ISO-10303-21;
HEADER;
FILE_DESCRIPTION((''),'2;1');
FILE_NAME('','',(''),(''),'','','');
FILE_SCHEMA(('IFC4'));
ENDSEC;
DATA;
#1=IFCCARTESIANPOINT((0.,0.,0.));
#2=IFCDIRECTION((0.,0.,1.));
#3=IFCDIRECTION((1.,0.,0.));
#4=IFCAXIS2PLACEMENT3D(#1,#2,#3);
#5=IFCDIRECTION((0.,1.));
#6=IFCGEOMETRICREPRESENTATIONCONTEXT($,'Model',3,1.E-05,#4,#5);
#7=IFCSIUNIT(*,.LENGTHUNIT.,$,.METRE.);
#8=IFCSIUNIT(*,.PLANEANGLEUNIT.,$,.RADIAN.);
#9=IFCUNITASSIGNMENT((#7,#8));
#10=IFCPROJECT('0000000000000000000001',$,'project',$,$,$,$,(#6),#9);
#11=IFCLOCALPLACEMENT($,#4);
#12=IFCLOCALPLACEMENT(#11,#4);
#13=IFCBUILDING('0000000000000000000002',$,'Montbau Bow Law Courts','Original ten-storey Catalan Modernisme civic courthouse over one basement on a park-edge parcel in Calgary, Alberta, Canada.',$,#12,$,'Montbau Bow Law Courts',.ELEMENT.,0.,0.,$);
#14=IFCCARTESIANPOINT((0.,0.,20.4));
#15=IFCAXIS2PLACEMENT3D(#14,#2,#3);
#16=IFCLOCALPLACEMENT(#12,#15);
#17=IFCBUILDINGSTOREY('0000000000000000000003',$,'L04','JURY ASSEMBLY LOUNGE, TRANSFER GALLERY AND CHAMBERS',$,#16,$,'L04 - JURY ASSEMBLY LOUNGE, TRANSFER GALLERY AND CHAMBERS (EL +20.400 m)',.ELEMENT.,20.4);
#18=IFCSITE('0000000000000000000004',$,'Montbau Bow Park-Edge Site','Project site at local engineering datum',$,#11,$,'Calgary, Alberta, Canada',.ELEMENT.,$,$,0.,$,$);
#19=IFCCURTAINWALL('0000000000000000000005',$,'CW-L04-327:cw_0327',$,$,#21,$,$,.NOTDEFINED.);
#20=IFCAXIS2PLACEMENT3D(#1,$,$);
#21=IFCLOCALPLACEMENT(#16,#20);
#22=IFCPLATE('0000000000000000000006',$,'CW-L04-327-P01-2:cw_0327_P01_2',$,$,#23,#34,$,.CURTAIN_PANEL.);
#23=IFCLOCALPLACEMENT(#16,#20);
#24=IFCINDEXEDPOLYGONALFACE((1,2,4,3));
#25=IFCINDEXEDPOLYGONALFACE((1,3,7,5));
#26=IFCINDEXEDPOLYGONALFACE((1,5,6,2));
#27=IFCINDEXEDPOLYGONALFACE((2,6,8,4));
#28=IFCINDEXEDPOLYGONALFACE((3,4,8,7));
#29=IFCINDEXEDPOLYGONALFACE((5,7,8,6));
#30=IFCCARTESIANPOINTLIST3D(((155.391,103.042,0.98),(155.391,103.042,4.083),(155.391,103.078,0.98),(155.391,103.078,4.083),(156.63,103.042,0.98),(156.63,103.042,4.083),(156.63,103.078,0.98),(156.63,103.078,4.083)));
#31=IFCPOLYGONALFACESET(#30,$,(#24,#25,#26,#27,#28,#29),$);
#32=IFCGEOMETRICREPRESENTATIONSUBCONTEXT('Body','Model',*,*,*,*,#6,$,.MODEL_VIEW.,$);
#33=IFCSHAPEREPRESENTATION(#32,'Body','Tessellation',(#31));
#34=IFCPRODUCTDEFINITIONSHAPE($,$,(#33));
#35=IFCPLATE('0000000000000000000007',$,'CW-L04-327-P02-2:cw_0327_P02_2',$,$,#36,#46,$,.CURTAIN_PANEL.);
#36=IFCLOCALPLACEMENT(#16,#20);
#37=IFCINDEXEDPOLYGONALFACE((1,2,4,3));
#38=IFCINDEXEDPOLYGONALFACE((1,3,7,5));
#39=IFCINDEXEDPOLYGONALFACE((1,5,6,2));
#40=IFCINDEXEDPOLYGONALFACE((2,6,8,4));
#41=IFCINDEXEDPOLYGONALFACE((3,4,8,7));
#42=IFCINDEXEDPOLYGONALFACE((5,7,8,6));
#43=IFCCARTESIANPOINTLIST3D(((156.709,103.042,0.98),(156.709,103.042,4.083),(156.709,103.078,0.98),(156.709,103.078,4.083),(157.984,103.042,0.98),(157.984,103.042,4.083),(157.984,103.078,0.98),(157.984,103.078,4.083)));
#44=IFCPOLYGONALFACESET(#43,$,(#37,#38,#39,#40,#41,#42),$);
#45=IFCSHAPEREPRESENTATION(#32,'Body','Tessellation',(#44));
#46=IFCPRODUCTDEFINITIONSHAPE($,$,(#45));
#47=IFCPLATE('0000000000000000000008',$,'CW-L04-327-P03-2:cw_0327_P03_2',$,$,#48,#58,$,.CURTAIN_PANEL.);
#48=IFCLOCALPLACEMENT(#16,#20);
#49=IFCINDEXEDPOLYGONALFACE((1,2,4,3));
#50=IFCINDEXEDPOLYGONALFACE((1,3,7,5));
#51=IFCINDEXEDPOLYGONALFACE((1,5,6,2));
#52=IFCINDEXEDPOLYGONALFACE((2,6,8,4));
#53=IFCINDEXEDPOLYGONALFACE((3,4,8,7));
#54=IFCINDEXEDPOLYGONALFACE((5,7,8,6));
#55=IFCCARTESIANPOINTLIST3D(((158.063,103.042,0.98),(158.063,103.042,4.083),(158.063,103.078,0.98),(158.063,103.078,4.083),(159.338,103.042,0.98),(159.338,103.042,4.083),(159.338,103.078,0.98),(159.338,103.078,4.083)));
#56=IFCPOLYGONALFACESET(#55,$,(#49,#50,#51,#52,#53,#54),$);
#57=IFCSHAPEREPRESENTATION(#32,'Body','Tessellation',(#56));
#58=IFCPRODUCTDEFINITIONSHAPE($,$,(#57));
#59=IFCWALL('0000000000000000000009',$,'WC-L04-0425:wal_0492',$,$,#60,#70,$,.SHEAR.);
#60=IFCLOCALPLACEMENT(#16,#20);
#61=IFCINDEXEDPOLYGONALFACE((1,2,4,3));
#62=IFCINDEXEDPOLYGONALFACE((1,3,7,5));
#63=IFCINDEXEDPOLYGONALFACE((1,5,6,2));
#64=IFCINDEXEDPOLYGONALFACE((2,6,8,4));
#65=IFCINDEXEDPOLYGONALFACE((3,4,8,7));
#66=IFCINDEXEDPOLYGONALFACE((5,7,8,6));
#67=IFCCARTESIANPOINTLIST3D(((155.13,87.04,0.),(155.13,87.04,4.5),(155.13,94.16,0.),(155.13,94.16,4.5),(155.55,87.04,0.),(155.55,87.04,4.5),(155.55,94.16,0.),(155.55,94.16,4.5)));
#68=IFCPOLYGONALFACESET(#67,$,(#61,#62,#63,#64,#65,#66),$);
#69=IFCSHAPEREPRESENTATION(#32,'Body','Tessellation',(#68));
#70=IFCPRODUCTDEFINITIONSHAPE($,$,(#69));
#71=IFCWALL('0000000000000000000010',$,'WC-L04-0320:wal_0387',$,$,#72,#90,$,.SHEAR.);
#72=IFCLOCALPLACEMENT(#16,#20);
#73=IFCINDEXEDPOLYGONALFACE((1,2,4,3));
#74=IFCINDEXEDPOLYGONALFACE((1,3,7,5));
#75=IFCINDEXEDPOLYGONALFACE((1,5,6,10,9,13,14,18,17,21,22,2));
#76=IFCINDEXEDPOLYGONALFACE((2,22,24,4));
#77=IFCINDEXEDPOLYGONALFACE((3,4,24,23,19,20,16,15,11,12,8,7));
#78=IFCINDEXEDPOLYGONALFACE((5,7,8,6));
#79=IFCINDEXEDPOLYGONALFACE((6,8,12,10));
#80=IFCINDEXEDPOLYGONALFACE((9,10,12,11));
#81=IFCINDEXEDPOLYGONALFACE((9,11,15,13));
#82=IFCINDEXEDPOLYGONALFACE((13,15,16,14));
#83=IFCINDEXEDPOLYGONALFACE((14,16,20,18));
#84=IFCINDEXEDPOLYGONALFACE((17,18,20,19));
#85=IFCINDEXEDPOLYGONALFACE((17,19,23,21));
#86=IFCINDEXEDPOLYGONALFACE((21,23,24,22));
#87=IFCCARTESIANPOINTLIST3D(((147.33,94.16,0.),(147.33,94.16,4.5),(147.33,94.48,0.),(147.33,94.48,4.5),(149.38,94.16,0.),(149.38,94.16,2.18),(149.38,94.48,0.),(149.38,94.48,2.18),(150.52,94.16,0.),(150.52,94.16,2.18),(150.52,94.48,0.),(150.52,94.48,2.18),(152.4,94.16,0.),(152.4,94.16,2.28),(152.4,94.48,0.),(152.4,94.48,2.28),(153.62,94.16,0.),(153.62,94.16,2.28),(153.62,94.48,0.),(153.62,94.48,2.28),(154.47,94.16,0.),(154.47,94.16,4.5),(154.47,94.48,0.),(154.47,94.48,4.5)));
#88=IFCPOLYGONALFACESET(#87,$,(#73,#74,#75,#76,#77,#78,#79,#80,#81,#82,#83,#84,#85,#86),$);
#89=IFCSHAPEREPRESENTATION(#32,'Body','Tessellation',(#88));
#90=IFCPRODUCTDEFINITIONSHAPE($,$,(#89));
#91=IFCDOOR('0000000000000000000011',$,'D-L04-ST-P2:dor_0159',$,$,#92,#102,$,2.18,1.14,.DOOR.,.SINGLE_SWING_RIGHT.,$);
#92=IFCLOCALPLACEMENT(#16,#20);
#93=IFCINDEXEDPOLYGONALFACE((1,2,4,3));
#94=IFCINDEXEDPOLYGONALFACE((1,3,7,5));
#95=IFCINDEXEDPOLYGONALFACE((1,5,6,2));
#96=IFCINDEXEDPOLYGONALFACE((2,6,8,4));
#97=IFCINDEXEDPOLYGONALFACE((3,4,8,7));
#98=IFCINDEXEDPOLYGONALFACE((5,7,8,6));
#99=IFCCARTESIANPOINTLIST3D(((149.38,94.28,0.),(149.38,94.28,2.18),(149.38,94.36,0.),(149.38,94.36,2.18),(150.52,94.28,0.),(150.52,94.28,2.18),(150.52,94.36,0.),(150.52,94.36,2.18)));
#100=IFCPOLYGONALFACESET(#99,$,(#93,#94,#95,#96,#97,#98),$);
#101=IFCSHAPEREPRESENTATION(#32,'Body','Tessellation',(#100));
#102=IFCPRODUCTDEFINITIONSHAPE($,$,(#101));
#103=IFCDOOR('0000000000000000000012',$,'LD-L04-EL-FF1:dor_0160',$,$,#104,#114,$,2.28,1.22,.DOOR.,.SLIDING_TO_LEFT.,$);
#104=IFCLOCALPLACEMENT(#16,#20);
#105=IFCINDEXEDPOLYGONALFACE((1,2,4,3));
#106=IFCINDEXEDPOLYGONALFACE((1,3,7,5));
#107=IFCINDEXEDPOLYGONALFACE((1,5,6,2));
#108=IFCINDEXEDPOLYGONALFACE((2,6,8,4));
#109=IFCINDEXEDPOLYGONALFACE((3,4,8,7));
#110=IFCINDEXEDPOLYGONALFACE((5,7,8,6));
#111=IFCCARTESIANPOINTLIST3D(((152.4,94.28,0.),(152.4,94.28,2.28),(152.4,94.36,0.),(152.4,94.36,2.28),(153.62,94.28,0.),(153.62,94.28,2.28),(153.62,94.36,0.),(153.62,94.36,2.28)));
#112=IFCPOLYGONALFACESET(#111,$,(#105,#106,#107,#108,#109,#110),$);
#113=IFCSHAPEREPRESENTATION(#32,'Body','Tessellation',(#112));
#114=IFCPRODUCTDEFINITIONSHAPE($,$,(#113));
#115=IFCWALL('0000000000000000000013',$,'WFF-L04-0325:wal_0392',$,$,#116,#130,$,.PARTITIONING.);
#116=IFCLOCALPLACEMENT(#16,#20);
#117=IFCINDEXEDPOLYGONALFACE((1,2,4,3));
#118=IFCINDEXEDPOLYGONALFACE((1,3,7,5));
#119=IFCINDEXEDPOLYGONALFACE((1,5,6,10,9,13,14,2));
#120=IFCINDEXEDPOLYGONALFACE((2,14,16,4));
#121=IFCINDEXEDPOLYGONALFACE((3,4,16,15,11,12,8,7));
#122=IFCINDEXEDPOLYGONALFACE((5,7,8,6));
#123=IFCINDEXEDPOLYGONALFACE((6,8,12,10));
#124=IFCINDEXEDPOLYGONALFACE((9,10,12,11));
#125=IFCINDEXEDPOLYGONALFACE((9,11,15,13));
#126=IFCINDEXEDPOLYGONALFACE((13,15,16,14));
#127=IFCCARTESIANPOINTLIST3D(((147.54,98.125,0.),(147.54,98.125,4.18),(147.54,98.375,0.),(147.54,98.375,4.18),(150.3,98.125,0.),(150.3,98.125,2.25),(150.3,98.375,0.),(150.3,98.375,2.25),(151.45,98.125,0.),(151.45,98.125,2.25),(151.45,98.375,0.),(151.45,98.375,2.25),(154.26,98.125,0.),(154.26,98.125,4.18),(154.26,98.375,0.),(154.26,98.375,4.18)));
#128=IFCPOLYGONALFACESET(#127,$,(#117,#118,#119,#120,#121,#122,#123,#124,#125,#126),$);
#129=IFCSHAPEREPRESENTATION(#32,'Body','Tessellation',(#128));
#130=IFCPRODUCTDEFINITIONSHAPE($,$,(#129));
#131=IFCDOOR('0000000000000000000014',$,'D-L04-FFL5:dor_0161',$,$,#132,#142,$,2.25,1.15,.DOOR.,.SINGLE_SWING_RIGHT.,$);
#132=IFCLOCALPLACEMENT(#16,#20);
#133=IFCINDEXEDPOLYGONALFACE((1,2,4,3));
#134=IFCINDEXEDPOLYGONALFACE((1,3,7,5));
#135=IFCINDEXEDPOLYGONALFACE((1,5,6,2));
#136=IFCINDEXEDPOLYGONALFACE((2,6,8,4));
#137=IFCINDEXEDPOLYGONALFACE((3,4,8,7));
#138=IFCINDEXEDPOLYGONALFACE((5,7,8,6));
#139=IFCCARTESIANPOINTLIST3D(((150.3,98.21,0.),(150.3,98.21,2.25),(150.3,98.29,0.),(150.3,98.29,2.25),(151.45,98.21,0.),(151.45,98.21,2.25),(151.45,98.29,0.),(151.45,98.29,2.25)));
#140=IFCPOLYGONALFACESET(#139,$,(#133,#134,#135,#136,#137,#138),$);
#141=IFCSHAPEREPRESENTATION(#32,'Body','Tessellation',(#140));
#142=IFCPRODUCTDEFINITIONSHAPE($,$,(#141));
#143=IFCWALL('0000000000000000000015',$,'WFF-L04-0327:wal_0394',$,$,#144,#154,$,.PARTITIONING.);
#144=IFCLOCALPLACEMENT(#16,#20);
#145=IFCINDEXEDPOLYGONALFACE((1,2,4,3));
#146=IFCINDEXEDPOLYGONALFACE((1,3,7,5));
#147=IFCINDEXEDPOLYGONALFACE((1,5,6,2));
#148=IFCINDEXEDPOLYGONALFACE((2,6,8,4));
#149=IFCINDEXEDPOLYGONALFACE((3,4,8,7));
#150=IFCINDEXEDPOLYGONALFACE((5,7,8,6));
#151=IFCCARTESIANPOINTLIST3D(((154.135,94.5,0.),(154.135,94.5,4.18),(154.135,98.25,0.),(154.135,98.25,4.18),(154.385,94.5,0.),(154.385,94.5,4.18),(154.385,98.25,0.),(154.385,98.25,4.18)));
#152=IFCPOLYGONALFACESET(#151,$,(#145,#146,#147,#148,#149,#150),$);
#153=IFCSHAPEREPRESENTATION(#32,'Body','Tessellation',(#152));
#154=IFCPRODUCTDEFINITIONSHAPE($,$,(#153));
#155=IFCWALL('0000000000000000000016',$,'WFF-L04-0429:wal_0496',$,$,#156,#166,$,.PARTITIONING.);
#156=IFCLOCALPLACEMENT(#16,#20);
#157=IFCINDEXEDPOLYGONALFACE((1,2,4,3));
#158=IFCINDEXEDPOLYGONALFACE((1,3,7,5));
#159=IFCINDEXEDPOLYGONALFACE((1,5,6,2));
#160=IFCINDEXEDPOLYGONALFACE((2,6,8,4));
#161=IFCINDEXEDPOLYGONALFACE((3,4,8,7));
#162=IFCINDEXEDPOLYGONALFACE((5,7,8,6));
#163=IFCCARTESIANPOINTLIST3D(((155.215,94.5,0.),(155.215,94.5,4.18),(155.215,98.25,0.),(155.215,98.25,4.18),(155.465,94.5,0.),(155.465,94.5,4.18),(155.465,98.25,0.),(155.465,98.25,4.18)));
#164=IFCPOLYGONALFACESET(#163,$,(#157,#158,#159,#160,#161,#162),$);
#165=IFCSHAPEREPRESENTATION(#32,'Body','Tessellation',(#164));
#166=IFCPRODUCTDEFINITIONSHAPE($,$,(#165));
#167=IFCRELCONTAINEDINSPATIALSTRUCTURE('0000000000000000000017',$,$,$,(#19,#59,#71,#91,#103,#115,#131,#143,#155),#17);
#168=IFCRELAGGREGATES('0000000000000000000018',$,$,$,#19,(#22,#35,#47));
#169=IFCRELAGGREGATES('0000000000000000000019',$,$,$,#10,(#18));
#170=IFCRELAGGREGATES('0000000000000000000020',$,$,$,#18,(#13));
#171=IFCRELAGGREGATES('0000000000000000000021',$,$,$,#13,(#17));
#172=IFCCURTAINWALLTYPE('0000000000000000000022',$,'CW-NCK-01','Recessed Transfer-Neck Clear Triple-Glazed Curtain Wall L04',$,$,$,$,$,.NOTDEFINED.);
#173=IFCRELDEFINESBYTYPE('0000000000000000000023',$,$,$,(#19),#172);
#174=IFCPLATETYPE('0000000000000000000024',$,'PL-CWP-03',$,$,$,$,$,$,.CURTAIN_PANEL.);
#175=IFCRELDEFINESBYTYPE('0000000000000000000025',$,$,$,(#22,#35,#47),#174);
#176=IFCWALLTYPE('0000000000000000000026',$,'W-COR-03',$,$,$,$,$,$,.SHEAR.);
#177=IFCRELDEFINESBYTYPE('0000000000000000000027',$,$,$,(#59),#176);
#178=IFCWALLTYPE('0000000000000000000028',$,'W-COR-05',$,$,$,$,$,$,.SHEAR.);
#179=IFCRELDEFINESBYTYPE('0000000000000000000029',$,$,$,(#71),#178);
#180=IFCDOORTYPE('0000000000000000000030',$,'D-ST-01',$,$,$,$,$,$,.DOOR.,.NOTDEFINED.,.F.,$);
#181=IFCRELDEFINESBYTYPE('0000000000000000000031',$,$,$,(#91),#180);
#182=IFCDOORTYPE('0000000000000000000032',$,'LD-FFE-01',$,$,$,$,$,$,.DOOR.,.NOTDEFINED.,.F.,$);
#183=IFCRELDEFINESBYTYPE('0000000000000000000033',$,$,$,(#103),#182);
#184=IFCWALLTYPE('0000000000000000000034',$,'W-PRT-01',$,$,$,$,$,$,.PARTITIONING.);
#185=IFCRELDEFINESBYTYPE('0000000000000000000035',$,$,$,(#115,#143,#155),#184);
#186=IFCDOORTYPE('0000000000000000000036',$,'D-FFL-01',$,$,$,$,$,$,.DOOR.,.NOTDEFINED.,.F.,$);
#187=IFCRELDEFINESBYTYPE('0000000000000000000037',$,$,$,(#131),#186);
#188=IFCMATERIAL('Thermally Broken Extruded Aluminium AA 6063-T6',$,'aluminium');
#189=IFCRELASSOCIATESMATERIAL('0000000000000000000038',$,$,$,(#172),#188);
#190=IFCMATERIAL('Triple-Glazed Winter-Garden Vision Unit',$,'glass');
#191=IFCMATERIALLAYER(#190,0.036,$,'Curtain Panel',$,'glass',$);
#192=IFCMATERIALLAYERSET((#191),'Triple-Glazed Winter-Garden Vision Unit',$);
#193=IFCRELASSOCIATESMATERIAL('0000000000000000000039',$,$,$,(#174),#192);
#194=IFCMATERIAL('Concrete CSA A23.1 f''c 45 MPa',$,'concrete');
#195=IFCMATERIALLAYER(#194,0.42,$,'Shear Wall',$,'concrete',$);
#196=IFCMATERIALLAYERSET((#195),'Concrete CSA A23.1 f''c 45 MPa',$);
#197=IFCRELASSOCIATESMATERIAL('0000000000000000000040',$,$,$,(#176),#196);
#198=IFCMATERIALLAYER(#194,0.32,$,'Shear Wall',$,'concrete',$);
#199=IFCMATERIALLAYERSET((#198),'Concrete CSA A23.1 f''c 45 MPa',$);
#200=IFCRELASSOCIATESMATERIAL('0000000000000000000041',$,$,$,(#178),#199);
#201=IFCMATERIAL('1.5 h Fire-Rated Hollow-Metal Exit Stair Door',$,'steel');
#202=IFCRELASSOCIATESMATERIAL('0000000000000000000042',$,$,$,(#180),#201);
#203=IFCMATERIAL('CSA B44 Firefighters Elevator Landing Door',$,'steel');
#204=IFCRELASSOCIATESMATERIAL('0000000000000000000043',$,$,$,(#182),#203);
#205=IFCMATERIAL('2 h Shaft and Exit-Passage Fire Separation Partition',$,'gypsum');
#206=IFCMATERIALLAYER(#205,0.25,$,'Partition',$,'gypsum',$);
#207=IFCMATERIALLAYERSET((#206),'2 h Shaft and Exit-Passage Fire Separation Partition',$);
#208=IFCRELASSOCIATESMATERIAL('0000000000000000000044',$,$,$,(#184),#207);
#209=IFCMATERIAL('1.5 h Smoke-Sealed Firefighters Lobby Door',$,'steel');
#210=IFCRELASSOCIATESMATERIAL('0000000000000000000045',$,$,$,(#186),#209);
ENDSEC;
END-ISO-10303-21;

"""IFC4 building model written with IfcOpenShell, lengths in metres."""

from ifc_helpers import new_model, si_unit, direction, frame, frame_2d, origin_with_axes, place, context, subcontext, project, spatial, rectangle, extrude, material, layer, layer_set, type_object, element, fill, aggregate, save


model = new_model("IFC4")

# Units and contexts
model_context = context("Model", 3, precision=1e-05, world=origin_with_axes(), true_north=direction((0.0, 1.0)))
body_context = subcontext(model_context, "Body", "Model", "MODEL_VIEW")
ifc_project = project(units=[si_unit("LENGTHUNIT", "METRE"), si_unit("PLANEANGLEUNIT", "RADIAN")], contexts=[model_context])

# Site, building, storey
site_placement = place(None, origin_with_axes())
site = spatial("IfcSite", under=ifc_project, at=site_placement, Name="Montbau Bow Park-Edge Site", Description="Project site at local engineering datum", LongName="Calgary, Alberta, Canada", CompositionType="ELEMENT", RefElevation=0.0)
building_placement = place(site_placement, origin_with_axes())
building = spatial("IfcBuilding", under=site, at=building_placement, Name="Montbau Bow Law Courts", Description="Original ten-storey Catalan Modernisme civic courthouse over one basement on a park-edge parcel in Calgary, Alberta, Canada.", LongName="Montbau Bow Law Courts", CompositionType="ELEMENT", ElevationOfRefHeight=0.0, ElevationOfTerrain=0.0)
storey_placement = place(building_placement, frame((0.0, 0.0, 20.4), z_axis=(0.0, 0.0, 1.0), x_axis=(1.0, 0.0, 0.0)))
storey = spatial("IfcBuildingStorey", under=building, at=storey_placement, Name="L04", Description="JURY ASSEMBLY LOUNGE, TRANSFER GALLERY AND CHAMBERS", LongName="L04 - JURY ASSEMBLY LOUNGE, TRANSFER GALLERY AND CHAMBERS (EL +20.400 m)", CompositionType="ELEMENT", Elevation=20.4)

# Curtain wall
ifc_material_1 = material(Name="Thermally Broken Extruded Aluminium AA 6063-T6", Category="aluminium")
curtain_wall_type = type_object("IfcCurtainWallType", Name="CW-NCK-01", Description="Recessed Transfer-Neck Clear Triple-Glazed Curtain Wall L04", PredefinedType="NOTDEFINED", material=ifc_material_1)
curtain_wall_1_placement = place(None, frame((155.315, 103.06, 20.4), z_axis=(0.0, 0.0, 1.0), x_axis=(1.0, 0.0, 0.0)))
curtain_wall_1 = element("IfcCurtainWall", 1, at=curtain_wall_1_placement, inside=storey, type_object=curtain_wall_type, Name="CW-L04-327:cw_0327", PredefinedType="NOTDEFINED")

# Plates
ifc_material_2 = material(Name="Triple-Glazed Winter-Garden Vision Unit", Category="glass")
ifc_layer_1 = layer(ifc_material_2, 0.036, Name="Curtain Panel", Category="glass")
ifc_layer_set_1 = layer_set([ifc_layer_1], Name="Triple-Glazed Winter-Garden Vision Unit")
plate_type_1 = type_object("IfcPlateType", Name="PL-CWP-03", PredefinedType="CURTAIN_PANEL", material=ifc_layer_set_1)
plate_1_placement = place(None, frame((155.391, 103.06, 21.38), z_axis=(0.0, -1.0, 0.0), x_axis=(1.0, 0.0, 0.0)))
plate_1 = element("IfcPlate", 2, at=plate_1_placement, type_object=plate_type_1, Name="CW-L04-327-P01-2:cw_0327_P01_2", PredefinedType="CURTAIN_PANEL", context=body_context, shape_type="SweptSolid", body=[
    extrude(rectangle(XDim=1.239, YDim=3.103, at=frame_2d((0.6195, 1.5515), x_axis=(1.0, 0.0))), frame((0.0, 0.0, -0.018), z_axis=(0.0, 0.0, 1.0), x_axis=(1.0, 0.0, 0.0)), (0.0, 0.0, 1.0), 0.036),
])
plate_2_placement = place(None, frame((156.709, 103.06, 21.38), z_axis=(0.0, -1.0, 0.0), x_axis=(1.0, 0.0, 0.0)))
plate_2 = element("IfcPlate", 3, at=plate_2_placement, type_object=plate_type_1, Name="CW-L04-327-P02-2:cw_0327_P02_2", PredefinedType="CURTAIN_PANEL", context=body_context, shape_type="SweptSolid", body=[
    extrude(rectangle(XDim=1.275, YDim=3.103, at=frame_2d((0.6375, 1.5515), x_axis=(1.0, 0.0))), frame((0.0, 0.0, -0.018), z_axis=(0.0, 0.0, 1.0), x_axis=(1.0, 0.0, 0.0)), (0.0, 0.0, 1.0), 0.036),
])
plate_3_placement = place(None, frame((158.063, 103.06, 21.38), z_axis=(0.0, -1.0, 0.0), x_axis=(1.0, 0.0, 0.0)))
plate_3 = element("IfcPlate", 4, at=plate_3_placement, type_object=plate_type_1, Name="CW-L04-327-P03-2:cw_0327_P03_2", PredefinedType="CURTAIN_PANEL", context=body_context, shape_type="SweptSolid", body=[
    extrude(rectangle(XDim=1.275, YDim=3.103, at=frame_2d((0.6375, 1.5515), x_axis=(1.0, 0.0))), frame((0.0, 0.0, -0.018), z_axis=(0.0, 0.0, 1.0), x_axis=(1.0, 0.0, 0.0)), (0.0, 0.0, 1.0), 0.036),
])
aggregate(curtain_wall_1, [plate_1, plate_2, plate_3])

# Wall
ifc_material_3 = material(Name="Concrete CSA A23.1 f'c 45 MPa", Category="concrete")
ifc_layer_2 = layer(ifc_material_3, 0.42, Name="Shear Wall", Category="concrete")
ifc_layer_set_2 = layer_set([ifc_layer_2], Name="Concrete CSA A23.1 f'c 45 MPa")
wall_type_1 = type_object("IfcWallType", Name="W-COR-03", PredefinedType="SHEAR", material=ifc_layer_set_2)
wall_1_placement = place(None, frame((155.34, 94.16, 20.4), z_axis=(0.0, 0.0, 1.0), x_axis=(0.0, -1.0, 0.0)))
element("IfcWall", 5, at=wall_1_placement, inside=storey, type_object=wall_type_1, Name="WC-L04-0425:wal_0492", PredefinedType="SHEAR", context=body_context, shape_type="SweptSolid", body=[
    extrude(rectangle(XDim=7.12, YDim=0.42, at=frame_2d((3.56, 0.0), x_axis=(1.0, 0.0))), origin_with_axes(), (0.0, 0.0, 1.0), 4.5),
])

# Wall, openings, doors
ifc_layer_3 = layer(ifc_material_3, 0.32, Name="Shear Wall", Category="concrete")
ifc_layer_set_3 = layer_set([ifc_layer_3], Name="Concrete CSA A23.1 f'c 45 MPa")
wall_type_2 = type_object("IfcWallType", Name="W-COR-05", PredefinedType="SHEAR", material=ifc_layer_set_3)
wall_2_placement = place(None, frame((154.47, 94.32, 20.4), z_axis=(0.0, 0.0, 1.0), x_axis=(-1.0, 0.0, 0.0)))
wall_2 = element("IfcWall", 6, at=wall_2_placement, inside=storey, type_object=wall_type_2, Name="WC-L04-0320:wal_0387", PredefinedType="SHEAR", context=body_context, shape_type="SweptSolid", body=[
    extrude(rectangle(XDim=7.14, YDim=0.32, at=frame_2d((3.57, 0.0), x_axis=(1.0, 0.0))), origin_with_axes(), (0.0, 0.0, 1.0), 4.5),
])
opening_1_placement = place(None, frame((149.95, 94.32, 20.4), z_axis=(0.0, 0.0, 1.0), x_axis=(-1.0, 0.0, 0.0)))
opening_1 = element("IfcOpeningElement", 7, at=opening_1_placement, cuts=wall_2, PredefinedType="OPENING", context=body_context, shape_type="SweptSolid", body=[
    extrude(rectangle(XDim=1.14, YDim=2.18, at=frame_2d((0.0, 1.09), x_axis=(1.0, 0.0))), frame((0.0, 0.17, 0.0), z_axis=(0.0, -1.0, 0.0), x_axis=(1.0, 0.0, 0.0)), (0.0, 0.0, 1.0), 0.34),
])
opening_2_placement = place(None, frame((153.01, 94.32, 20.4), z_axis=(0.0, 0.0, 1.0), x_axis=(-1.0, 0.0, 0.0)))
opening_2 = element("IfcOpeningElement", 8, at=opening_2_placement, cuts=wall_2, PredefinedType="OPENING", context=body_context, shape_type="SweptSolid", body=[
    extrude(rectangle(XDim=1.22, YDim=2.28, at=frame_2d((0.0, 1.14), x_axis=(1.0, 0.0))), frame((0.0, 0.17, 0.0), z_axis=(0.0, -1.0, 0.0), x_axis=(1.0, 0.0, 0.0)), (0.0, 0.0, 1.0), 0.34),
])
ifc_material_4 = material(Name="1.5 h Fire-Rated Hollow-Metal Exit Stair Door", Category="steel")
door_type_1 = type_object("IfcDoorType", Name="D-ST-01", OperationType="NOTDEFINED", ParameterTakesPrecedence=False, PredefinedType="DOOR", material=ifc_material_4)
door_1_placement = place(None, frame((149.95, 94.32, 20.4), z_axis=(0.0, 0.0, 1.0), x_axis=(1.0, 0.0, 0.0)))
door_1 = element("IfcDoor", 9, at=door_1_placement, inside=storey, type_object=door_type_1, Name="D-L04-ST-P2:dor_0159", OperationType="SINGLE_SWING_RIGHT", OverallHeight=2.18, OverallWidth=1.14, PredefinedType="DOOR", context=body_context, shape_type="SweptSolid", body=[
    extrude(rectangle(XDim=1.14, YDim=2.18, at=frame_2d((0.0, 1.09), x_axis=(1.0, 0.0))), frame((0.0, 0.04, 0.0), z_axis=(0.0, -1.0, 0.0), x_axis=(1.0, 0.0, 0.0)), (0.0, 0.0, 1.0), 0.08),
])
fill(opening_1, door_1)
ifc_material_5 = material(Name="CSA B44 Firefighters Elevator Landing Door", Category="steel")
door_type_2 = type_object("IfcDoorType", Name="LD-FFE-01", OperationType="NOTDEFINED", ParameterTakesPrecedence=False, PredefinedType="DOOR", material=ifc_material_5)
door_2_placement = place(None, frame((153.01, 94.32, 20.4), z_axis=(0.0, 0.0, 1.0), x_axis=(1.0, 0.0, 0.0)))
door_2 = element("IfcDoor", 10, at=door_2_placement, inside=storey, type_object=door_type_2, Name="LD-L04-EL-FF1:dor_0160", OperationType="SLIDING_TO_LEFT", OverallHeight=2.28, OverallWidth=1.22, PredefinedType="DOOR", context=body_context, shape_type="SweptSolid", body=[
    extrude(rectangle(XDim=1.22, YDim=2.28, at=frame_2d((0.0, 1.14), x_axis=(1.0, 0.0))), frame((0.0, 0.04, 0.0), z_axis=(0.0, -1.0, 0.0), x_axis=(1.0, 0.0, 0.0)), (0.0, 0.0, 1.0), 0.08),
])
fill(opening_2, door_2)

# Wall, opening, door
ifc_material_6 = material(Name="2 h Shaft and Exit-Passage Fire Separation Partition", Category="gypsum")
ifc_layer_4 = layer(ifc_material_6, 0.25, Name="Partition", Category="gypsum")
ifc_layer_set_4 = layer_set([ifc_layer_4], Name="2 h Shaft and Exit-Passage Fire Separation Partition")
wall_type_3 = type_object("IfcWallType", Name="W-PRT-01", PredefinedType="PARTITIONING", material=ifc_layer_set_4)
wall_3_placement = place(None, frame((154.26, 98.25, 20.4), z_axis=(0.0, 0.0, 1.0), x_axis=(-1.0, 0.0, 0.0)))
wall_3 = element("IfcWall", 11, at=wall_3_placement, inside=storey, type_object=wall_type_3, Name="WFF-L04-0325:wal_0392", PredefinedType="PARTITIONING", context=body_context, shape_type="SweptSolid", body=[
    extrude(rectangle(XDim=6.72, YDim=0.25, at=frame_2d((3.36, 0.0), x_axis=(1.0, 0.0))), origin_with_axes(), (0.0, 0.0, 1.0), 4.18),
])
opening_3_placement = place(None, frame((150.875, 98.25, 20.4), z_axis=(0.0, 0.0, 1.0), x_axis=(-1.0, 0.0, 0.0)))
opening_3 = element("IfcOpeningElement", 12, at=opening_3_placement, cuts=wall_3, PredefinedType="OPENING", context=body_context, shape_type="SweptSolid", body=[
    extrude(rectangle(XDim=1.15, YDim=2.25, at=frame_2d((0.0, 1.125), x_axis=(1.0, 0.0))), frame((0.0, 0.135, 0.0), z_axis=(0.0, -1.0, 0.0), x_axis=(1.0, 0.0, 0.0)), (0.0, 0.0, 1.0), 0.27),
])
ifc_material_7 = material(Name="1.5 h Smoke-Sealed Firefighters Lobby Door", Category="steel")
door_type_3 = type_object("IfcDoorType", Name="D-FFL-01", OperationType="NOTDEFINED", ParameterTakesPrecedence=False, PredefinedType="DOOR", material=ifc_material_7)
door_3_placement = place(None, frame((150.875, 98.25, 20.4), z_axis=(0.0, 0.0, 1.0), x_axis=(1.0, 0.0, 0.0)))
door_3 = element("IfcDoor", 13, at=door_3_placement, inside=storey, type_object=door_type_3, Name="D-L04-FFL5:dor_0161", OperationType="SINGLE_SWING_RIGHT", OverallHeight=2.25, OverallWidth=1.15, PredefinedType="DOOR", context=body_context, shape_type="SweptSolid", body=[
    extrude(rectangle(XDim=1.15, YDim=2.25, at=frame_2d((0.0, 1.125), x_axis=(1.0, 0.0))), frame((0.0, 0.04, 0.0), z_axis=(0.0, -1.0, 0.0), x_axis=(1.0, 0.0, 0.0)), (0.0, 0.0, 1.0), 0.08),
])
fill(opening_3, door_3)

# Walls
for number, where, z_axis, x_axis, name in (
    (14, (154.26, 94.5, 20.4), (0.0, 0.0, 1.0), (0.0, 1.0, 0.0), "WFF-L04-0327:wal_0394"),
    (15, (155.34, 94.5, 20.4), (0.0, 0.0, 1.0), (0.0, 1.0, 0.0), "WFF-L04-0429:wal_0496"),
):
    element("IfcWall", number, at=place(None, frame(where, z_axis=z_axis, x_axis=x_axis)), inside=storey, type_object=wall_type_3, Name=name, PredefinedType="PARTITIONING", context=body_context, shape_type="SweptSolid", body=[
        extrude(rectangle(XDim=3.75, YDim=0.25, at=frame_2d((1.875, 0.0), x_axis=(1.0, 0.0))), origin_with_axes(), (0.0, 0.0, 1.0), 4.18),
    ])

save(model, "model.ifc")
